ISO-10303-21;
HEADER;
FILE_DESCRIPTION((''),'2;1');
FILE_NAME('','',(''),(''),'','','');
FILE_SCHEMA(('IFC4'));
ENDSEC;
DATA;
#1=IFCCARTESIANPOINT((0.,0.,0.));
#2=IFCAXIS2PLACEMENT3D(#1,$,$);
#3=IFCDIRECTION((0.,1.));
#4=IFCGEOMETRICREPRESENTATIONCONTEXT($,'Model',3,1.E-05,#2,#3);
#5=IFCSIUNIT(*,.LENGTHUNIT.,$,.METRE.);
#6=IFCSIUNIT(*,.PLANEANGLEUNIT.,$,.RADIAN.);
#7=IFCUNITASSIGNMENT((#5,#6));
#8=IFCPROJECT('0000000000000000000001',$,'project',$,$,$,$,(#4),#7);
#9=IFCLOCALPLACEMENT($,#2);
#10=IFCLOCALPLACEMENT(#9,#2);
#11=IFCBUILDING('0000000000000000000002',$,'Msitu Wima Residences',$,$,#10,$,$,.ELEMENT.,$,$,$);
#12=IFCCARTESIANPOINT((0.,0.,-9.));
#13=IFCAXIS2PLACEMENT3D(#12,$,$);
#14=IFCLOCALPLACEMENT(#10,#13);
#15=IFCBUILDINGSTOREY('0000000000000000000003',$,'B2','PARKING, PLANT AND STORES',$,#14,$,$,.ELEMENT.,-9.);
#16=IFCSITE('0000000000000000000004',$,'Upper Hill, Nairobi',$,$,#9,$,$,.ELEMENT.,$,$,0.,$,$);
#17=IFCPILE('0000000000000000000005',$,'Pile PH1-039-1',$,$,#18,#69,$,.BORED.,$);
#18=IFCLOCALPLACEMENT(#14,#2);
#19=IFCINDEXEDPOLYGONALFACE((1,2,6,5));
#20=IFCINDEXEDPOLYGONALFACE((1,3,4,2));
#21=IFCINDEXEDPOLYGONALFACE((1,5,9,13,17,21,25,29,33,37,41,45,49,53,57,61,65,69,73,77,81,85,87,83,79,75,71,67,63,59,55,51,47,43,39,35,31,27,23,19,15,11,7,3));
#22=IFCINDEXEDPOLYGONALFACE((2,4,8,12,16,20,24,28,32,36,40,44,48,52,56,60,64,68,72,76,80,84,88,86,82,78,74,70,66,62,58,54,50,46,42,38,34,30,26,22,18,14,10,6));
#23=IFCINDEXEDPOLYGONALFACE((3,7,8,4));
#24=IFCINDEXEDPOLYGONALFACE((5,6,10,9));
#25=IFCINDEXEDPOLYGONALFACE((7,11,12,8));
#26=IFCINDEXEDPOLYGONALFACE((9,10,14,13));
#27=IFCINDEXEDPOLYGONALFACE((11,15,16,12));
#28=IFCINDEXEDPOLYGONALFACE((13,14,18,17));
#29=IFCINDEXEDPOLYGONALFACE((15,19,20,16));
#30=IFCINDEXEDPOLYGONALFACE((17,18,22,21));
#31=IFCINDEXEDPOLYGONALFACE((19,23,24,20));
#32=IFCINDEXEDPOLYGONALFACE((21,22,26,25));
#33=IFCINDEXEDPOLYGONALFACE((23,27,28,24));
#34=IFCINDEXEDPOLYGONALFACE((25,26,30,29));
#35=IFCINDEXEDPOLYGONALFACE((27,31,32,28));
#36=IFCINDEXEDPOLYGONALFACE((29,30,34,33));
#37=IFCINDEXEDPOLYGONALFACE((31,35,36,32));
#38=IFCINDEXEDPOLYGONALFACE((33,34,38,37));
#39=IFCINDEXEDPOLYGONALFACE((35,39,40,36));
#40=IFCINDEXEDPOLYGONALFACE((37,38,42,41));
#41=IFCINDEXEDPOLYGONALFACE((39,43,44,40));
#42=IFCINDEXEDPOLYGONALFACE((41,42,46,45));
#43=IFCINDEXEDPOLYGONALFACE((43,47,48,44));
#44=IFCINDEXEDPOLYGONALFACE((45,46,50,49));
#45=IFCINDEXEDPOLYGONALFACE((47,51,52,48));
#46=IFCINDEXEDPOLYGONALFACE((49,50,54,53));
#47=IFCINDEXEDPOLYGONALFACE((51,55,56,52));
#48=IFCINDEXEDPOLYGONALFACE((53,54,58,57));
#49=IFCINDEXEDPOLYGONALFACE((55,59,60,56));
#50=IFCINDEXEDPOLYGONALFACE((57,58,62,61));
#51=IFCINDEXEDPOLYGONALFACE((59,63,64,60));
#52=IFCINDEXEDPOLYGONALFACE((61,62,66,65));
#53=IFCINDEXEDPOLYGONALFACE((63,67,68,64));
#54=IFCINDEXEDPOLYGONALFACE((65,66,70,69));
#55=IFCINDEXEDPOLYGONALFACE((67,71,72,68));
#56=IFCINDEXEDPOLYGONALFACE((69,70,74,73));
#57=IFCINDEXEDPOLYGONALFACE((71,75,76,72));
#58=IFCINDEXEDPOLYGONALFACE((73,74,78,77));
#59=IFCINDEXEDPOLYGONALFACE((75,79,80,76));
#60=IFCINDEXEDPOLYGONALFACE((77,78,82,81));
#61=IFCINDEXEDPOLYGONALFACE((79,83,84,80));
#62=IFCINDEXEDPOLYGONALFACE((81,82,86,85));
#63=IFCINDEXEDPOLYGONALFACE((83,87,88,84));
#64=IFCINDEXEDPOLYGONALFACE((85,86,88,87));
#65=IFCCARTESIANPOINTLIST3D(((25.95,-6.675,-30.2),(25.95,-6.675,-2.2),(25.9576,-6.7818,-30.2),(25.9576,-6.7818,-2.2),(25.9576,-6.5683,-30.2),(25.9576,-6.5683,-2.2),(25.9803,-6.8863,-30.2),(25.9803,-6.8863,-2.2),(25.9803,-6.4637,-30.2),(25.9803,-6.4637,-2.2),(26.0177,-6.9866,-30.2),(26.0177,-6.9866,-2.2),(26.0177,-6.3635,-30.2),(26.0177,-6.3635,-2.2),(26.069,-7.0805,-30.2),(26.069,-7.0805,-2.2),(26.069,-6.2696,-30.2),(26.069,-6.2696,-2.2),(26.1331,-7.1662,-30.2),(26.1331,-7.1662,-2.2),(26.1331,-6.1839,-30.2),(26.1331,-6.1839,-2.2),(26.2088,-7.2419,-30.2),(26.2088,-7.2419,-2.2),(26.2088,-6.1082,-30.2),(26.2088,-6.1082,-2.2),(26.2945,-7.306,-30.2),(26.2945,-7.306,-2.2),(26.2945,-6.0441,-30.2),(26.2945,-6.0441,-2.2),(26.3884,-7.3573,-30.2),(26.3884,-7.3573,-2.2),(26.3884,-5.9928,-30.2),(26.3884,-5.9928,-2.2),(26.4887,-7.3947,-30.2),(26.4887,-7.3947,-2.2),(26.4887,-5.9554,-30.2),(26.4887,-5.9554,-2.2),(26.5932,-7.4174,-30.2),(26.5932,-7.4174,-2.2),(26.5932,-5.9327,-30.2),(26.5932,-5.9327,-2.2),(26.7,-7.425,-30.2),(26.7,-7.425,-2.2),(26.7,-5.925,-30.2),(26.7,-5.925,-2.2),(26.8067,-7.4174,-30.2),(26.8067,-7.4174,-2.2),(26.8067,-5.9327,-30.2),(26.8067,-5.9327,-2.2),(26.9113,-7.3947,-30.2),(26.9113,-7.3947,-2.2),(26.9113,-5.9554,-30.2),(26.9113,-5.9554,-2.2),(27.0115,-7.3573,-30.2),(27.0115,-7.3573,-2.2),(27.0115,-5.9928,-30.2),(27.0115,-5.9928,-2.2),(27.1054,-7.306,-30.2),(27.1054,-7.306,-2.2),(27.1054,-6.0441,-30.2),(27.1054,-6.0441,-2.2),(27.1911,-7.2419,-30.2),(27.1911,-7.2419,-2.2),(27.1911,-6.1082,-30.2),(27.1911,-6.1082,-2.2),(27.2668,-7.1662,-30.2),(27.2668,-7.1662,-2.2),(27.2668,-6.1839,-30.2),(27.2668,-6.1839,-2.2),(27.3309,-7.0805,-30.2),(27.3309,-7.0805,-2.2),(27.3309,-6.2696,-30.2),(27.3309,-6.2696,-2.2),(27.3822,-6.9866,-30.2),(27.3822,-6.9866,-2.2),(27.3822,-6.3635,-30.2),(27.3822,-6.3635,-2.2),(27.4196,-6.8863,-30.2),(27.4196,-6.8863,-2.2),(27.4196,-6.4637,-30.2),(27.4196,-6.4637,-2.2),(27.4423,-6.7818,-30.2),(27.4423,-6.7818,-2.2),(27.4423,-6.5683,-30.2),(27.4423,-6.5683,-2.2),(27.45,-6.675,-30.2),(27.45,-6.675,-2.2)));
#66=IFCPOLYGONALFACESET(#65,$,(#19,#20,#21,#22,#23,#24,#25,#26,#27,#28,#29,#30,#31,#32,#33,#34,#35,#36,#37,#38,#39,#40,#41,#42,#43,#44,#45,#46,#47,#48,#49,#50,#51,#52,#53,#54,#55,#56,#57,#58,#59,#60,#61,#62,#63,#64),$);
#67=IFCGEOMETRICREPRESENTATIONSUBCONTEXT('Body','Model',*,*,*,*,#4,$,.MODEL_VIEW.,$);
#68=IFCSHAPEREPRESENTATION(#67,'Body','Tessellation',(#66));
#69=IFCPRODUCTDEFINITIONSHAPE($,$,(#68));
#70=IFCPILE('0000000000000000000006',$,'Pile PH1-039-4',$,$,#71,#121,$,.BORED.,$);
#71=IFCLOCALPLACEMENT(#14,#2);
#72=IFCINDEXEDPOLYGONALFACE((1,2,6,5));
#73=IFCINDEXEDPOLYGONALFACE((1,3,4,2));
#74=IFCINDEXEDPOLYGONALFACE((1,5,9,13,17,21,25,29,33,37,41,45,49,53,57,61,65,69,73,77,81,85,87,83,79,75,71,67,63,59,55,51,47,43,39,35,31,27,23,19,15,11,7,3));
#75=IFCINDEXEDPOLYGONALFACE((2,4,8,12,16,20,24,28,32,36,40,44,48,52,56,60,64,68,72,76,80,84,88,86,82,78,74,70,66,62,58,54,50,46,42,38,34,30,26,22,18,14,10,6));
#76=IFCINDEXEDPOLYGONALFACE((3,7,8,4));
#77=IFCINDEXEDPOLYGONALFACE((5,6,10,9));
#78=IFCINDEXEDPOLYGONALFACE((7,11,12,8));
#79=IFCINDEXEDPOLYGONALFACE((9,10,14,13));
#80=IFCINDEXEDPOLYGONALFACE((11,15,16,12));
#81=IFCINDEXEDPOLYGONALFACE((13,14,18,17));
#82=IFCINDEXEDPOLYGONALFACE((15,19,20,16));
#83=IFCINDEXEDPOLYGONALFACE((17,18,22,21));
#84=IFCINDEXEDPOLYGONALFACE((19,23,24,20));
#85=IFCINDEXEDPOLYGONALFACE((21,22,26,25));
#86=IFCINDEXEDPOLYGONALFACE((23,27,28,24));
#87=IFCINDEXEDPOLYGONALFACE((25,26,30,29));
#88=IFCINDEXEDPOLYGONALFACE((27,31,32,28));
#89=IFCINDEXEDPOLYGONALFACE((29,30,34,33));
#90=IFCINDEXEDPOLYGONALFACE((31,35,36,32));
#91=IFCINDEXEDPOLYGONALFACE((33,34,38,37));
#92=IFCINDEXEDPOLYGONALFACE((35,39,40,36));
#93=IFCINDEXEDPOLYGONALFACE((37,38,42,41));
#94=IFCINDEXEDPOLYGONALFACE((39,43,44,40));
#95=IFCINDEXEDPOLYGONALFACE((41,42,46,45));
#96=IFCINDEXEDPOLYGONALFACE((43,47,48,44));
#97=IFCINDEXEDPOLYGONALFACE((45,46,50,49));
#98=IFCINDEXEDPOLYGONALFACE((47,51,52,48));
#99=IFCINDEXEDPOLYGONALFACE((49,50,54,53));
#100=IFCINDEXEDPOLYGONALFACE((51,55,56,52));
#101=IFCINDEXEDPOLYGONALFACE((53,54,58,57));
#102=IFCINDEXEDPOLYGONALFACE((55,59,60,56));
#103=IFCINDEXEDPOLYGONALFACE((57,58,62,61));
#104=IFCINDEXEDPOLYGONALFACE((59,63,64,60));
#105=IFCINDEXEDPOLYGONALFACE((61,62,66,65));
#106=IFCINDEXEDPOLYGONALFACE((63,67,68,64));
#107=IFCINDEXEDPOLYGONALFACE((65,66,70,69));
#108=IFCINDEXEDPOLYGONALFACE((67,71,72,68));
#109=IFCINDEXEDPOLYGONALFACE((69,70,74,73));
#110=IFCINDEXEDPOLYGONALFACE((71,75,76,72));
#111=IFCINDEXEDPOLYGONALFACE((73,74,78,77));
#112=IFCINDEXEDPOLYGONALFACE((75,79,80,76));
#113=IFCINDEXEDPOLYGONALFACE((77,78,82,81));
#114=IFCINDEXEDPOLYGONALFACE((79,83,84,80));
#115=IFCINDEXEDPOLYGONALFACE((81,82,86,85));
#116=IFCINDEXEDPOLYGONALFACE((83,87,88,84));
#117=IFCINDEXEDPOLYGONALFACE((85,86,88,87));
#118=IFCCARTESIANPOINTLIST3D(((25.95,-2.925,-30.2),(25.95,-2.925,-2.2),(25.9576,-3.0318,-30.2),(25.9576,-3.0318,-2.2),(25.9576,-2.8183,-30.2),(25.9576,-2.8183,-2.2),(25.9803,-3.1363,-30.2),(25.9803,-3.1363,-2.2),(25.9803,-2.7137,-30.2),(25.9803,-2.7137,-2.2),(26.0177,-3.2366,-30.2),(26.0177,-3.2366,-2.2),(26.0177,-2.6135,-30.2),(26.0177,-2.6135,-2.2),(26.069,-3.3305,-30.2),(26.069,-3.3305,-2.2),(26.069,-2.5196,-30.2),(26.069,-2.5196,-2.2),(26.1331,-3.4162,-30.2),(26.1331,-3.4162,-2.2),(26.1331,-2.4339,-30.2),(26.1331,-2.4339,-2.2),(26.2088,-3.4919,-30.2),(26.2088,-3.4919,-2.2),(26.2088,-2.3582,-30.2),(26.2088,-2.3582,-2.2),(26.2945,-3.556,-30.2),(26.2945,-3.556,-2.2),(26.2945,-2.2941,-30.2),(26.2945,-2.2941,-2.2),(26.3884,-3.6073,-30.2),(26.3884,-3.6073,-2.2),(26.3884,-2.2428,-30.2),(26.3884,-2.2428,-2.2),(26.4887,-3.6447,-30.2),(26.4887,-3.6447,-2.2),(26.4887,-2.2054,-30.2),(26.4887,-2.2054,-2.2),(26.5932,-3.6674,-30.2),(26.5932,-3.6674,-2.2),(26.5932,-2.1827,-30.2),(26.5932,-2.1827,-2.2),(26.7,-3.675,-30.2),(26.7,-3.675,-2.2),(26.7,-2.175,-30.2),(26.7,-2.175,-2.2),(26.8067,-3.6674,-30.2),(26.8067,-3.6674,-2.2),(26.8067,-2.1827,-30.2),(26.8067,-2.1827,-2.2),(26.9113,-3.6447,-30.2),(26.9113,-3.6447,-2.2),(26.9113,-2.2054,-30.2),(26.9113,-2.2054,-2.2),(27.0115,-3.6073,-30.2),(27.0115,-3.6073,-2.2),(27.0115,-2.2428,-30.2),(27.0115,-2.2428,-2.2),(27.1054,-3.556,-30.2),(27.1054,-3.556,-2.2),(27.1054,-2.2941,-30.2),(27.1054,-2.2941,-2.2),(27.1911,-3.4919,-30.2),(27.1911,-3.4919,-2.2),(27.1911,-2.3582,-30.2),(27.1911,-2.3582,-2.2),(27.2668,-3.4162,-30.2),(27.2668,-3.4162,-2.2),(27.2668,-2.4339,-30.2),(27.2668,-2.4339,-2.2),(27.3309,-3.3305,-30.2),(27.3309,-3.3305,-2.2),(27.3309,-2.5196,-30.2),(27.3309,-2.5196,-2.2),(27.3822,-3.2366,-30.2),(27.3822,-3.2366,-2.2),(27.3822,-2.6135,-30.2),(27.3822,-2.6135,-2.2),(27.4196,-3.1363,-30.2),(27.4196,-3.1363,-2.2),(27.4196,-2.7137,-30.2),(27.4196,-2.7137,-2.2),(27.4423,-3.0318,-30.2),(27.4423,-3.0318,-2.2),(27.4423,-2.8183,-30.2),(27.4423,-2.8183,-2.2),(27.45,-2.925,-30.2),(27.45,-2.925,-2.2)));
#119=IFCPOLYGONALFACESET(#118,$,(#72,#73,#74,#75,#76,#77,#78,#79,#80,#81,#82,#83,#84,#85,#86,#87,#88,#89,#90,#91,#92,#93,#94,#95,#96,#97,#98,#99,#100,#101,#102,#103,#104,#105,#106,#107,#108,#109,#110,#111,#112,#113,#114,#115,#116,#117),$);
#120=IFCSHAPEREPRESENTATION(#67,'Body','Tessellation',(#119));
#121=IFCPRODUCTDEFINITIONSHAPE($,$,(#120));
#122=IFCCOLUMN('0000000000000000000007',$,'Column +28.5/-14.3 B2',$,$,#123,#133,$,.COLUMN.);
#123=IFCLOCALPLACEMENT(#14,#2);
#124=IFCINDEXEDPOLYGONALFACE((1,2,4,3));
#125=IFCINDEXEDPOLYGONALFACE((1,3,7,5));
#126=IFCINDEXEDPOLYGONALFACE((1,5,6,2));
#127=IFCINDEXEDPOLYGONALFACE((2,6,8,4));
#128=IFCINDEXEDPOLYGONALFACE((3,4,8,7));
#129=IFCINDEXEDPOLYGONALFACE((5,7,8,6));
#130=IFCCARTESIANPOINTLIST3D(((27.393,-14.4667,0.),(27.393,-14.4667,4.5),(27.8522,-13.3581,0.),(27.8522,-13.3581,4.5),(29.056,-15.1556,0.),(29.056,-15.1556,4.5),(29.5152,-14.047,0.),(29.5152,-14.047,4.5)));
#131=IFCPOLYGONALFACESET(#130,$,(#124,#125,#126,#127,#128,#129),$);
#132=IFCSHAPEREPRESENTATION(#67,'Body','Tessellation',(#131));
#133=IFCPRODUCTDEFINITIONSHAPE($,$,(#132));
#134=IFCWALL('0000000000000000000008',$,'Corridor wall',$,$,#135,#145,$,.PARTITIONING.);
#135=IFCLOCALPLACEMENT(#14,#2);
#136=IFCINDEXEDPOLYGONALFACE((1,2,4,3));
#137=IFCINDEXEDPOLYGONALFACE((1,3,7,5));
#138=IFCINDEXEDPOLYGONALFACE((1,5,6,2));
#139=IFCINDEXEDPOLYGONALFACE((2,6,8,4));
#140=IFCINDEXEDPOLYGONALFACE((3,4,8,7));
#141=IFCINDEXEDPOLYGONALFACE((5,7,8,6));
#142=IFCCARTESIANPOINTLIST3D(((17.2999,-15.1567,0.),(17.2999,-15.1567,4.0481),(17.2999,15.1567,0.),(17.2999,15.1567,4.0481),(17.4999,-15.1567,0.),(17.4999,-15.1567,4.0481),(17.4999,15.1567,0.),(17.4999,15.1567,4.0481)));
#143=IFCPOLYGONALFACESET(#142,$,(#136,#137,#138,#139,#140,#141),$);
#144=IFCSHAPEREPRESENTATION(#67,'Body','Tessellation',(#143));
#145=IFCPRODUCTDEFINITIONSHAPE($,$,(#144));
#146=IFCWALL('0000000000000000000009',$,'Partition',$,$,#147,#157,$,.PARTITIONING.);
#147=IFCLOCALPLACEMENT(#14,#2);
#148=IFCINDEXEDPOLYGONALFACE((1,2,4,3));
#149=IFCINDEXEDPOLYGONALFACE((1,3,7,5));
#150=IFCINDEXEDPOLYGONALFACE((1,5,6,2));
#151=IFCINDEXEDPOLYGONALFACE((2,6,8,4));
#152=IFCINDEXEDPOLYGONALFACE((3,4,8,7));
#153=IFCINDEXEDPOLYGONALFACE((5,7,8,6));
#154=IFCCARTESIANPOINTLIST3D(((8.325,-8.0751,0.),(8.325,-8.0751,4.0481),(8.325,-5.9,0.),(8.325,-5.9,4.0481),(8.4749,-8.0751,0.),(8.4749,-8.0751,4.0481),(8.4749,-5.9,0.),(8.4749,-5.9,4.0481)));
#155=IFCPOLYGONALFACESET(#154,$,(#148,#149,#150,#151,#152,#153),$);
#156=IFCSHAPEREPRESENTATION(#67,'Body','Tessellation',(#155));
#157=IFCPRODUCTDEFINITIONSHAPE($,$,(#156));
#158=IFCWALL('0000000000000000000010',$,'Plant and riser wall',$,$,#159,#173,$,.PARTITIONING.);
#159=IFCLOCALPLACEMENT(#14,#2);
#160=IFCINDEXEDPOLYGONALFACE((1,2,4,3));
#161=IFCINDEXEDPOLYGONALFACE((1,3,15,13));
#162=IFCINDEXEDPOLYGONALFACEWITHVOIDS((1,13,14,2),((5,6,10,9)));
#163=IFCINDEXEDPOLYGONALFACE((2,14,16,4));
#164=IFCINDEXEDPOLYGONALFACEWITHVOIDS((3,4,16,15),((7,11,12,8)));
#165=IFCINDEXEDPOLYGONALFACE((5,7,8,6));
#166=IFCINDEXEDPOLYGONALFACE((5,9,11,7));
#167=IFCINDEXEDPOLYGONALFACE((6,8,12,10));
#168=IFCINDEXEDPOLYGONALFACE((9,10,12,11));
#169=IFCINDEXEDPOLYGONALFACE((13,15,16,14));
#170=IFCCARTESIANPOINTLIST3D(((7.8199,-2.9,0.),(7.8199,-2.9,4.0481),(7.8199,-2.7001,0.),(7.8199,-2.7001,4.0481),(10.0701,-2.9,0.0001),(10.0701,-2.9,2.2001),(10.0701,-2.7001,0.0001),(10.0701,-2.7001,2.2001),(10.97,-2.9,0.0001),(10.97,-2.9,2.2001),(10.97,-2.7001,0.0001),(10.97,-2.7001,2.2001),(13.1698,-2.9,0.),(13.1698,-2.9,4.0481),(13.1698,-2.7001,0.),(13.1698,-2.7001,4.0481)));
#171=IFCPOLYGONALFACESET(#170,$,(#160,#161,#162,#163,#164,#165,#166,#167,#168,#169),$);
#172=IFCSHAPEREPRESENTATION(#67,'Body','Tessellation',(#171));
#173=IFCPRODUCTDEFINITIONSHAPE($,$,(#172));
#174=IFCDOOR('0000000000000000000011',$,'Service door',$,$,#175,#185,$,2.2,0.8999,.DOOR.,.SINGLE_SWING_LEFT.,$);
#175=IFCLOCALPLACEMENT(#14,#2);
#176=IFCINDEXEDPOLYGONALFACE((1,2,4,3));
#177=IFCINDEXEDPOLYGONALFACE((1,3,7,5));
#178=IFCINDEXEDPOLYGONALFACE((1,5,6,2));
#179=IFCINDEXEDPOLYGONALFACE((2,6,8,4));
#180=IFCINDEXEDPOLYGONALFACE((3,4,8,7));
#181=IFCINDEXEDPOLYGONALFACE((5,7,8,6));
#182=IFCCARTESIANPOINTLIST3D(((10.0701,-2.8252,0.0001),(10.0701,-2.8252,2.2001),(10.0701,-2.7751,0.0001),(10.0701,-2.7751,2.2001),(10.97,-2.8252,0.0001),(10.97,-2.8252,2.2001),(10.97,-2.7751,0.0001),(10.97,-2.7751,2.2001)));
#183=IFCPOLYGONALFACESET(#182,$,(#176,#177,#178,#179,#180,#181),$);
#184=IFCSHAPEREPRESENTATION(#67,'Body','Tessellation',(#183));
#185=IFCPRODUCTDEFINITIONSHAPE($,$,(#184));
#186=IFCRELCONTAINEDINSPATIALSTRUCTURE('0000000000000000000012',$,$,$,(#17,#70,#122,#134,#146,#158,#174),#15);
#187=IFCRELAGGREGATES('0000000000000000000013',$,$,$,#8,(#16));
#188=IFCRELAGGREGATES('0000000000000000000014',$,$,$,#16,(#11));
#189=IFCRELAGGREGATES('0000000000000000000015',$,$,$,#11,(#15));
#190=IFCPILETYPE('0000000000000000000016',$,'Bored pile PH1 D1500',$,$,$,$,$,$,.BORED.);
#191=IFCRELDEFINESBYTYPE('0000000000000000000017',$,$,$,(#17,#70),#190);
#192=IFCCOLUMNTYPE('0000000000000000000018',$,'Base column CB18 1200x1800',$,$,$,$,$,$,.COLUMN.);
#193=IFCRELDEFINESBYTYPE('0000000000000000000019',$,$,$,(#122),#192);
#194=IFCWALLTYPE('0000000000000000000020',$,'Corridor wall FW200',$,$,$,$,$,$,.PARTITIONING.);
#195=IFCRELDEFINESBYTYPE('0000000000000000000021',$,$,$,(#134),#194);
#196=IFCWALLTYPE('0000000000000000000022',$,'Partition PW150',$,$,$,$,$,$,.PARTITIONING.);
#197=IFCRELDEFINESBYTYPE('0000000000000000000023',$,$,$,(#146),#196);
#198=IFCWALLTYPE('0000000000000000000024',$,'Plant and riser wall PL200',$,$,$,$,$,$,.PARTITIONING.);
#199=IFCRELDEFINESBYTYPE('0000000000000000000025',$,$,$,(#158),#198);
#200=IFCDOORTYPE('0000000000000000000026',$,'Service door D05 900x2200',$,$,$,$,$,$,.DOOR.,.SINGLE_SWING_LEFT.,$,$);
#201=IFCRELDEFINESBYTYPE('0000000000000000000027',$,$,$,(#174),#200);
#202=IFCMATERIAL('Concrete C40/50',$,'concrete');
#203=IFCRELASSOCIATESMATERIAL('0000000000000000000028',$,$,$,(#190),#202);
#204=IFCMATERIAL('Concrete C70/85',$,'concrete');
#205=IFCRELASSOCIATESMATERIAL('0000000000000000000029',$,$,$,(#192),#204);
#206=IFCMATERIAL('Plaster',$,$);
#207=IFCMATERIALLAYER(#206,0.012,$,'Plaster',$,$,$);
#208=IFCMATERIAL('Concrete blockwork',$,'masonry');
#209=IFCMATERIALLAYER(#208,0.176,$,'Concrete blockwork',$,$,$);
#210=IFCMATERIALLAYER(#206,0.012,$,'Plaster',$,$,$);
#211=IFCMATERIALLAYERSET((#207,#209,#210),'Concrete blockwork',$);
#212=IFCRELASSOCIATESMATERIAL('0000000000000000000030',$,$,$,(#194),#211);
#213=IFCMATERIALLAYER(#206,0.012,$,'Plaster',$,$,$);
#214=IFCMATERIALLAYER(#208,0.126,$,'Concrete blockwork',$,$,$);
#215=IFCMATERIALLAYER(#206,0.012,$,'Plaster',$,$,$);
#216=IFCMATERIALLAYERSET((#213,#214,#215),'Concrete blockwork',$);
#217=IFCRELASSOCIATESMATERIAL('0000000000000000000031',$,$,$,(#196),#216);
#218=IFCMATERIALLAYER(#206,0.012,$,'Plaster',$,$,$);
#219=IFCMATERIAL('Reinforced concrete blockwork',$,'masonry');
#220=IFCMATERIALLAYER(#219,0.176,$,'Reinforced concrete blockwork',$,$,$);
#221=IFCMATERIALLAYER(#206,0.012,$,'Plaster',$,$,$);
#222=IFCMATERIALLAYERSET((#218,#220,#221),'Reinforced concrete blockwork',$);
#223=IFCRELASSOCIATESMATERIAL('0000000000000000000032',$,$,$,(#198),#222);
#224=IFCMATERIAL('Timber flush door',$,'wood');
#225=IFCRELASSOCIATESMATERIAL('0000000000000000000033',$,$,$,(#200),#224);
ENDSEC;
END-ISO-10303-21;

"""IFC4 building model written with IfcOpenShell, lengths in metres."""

from ifc_helpers import new_model, si_unit, direction, frame, frame_2d, origin, origin_2d, place, context, subcontext, project, spatial, rectangle, circle, extrude, material, layer, layer_set, material_profile, profile_set, type_object, element, fill, save


model = new_model("IFC4")

# Units and contexts
model_context = context("Model", 3, precision=1e-05, world=origin(), true_north=direction((0.0, 1.0)))
body_context = subcontext(model_context, "Body", "Model", "MODEL_VIEW")
ifc_project = project(units=[si_unit("LENGTHUNIT", "METRE"), si_unit("PLANEANGLEUNIT", "RADIAN")], contexts=[model_context])

# Site, building, storey
site_placement = place(None, origin())
site = spatial("IfcSite", under=ifc_project, at=site_placement, Name="Upper Hill, Nairobi", CompositionType="ELEMENT", RefElevation=0.0)
building_placement = place(site_placement, origin())
building = spatial("IfcBuilding", under=site, at=building_placement, Name="Msitu Wima Residences", CompositionType="ELEMENT")
storey_placement = place(building_placement, frame((0.0, 0.0, -9.0)))
storey = spatial("IfcBuildingStorey", under=building, at=storey_placement, Name="B2", Description="PARKING, PLANT AND STORES", CompositionType="ELEMENT", Elevation=-9.0)

# Piles
ifc_material_1 = material(Name="Concrete C40/50", Category="concrete")
pile_type = type_object("IfcPileType", Name="Bored pile PH1 D1500", PredefinedType="BORED", material=ifc_material_1)
for number, where, z_axis, x_axis, name in (
    (1, (26.7, -6.675, -2.2), (0.0, 0.0, -1.0), (1.0, 0.0, 0.0), "Pile PH1-039-1"),
    (2, (26.7, -2.925, -2.2), (0.0, 0.0, -1.0), (1.0, 0.0, 0.0), "Pile PH1-039-4"),
):
    element("IfcPile", number, at=place(storey_placement, frame(where, z_axis=z_axis, x_axis=x_axis)), inside=storey, type_object=pile_type, Name=name, PredefinedType="BORED", context=body_context, shape_type="SweptSolid", body=[
        extrude(circle(Radius=0.75, at=origin_2d()), origin(), (0.0, 0.0, 1.0), 28.0),
    ])

# Column
ifc_material_2 = material(Name="Concrete C70/85", Category="concrete")
ifc_material_profile = material_profile(ifc_material_2, rectangle(XDim=1.2, YDim=1.8, at=origin_2d()), Name="RC 1200x1800")
ifc_profile_set = profile_set([ifc_material_profile], Name="Concrete C70/85")
column_type = type_object("IfcColumnType", Name="Base column CB18 1200x1800", PredefinedType="COLUMN", material=ifc_profile_set)
column_placement = place(storey_placement, frame((28.4541, -14.2568, 0.0), z_axis=(0.0, 0.0, 1.0), x_axis=(0.382683, 0.92388, 0.0)))
element("IfcColumn", 3, at=column_placement, inside=storey, type_object=column_type, Name="Column +28.5/-14.3 B2", PredefinedType="COLUMN", context=body_context, shape_type="SweptSolid", body=[
    extrude(rectangle(XDim=1.2, YDim=1.8, at=origin_2d()), origin(), (0.0, 0.0, 1.0), 4.5),
])

# Walls
ifc_material_3 = material(Name="Plaster")
ifc_layer_1 = layer(ifc_material_3, 0.012, Name="Plaster")
ifc_material_4 = material(Name="Concrete blockwork", Category="masonry")
ifc_layer_2 = layer(ifc_material_4, 0.176, Name="Concrete blockwork")
ifc_layer_3 = layer(ifc_material_3, 0.012, Name="Plaster")
ifc_layer_set_1 = layer_set([ifc_layer_1, ifc_layer_2, ifc_layer_3], Name="Concrete blockwork")
wall_type_1 = type_object("IfcWallType", Name="Corridor wall FW200", PredefinedType="PARTITIONING", material=ifc_layer_set_1)
wall_1_placement = place(storey_placement, frame((17.3999, -15.1567, 0.0), z_axis=(0.0, 0.0, 1.0), x_axis=(0.0, 1.0, 0.0)))
element("IfcWall", 4, at=wall_1_placement, inside=storey, type_object=wall_type_1, Name="Corridor wall", PredefinedType="PARTITIONING", context=body_context, shape_type="SweptSolid", body=[
    extrude(rectangle(XDim=30.3135, YDim=0.2, at=frame_2d((15.1567, 0.0))), origin(), (0.0, 0.0, 1.0), 4.0481),
])
ifc_layer_4 = layer(ifc_material_3, 0.012, Name="Plaster")
ifc_layer_5 = layer(ifc_material_4, 0.126, Name="Concrete blockwork")
ifc_layer_6 = layer(ifc_material_3, 0.012, Name="Plaster")
ifc_layer_set_2 = layer_set([ifc_layer_4, ifc_layer_5, ifc_layer_6], Name="Concrete blockwork")
wall_type_2 = type_object("IfcWallType", Name="Partition PW150", PredefinedType="PARTITIONING", material=ifc_layer_set_2)
wall_2_placement = place(storey_placement, frame((8.3999, -8.075, 0.0), z_axis=(0.0, 0.0, 1.0), x_axis=(0.0, 1.0, 0.0)))
element("IfcWall", 5, at=wall_2_placement, inside=storey, type_object=wall_type_2, Name="Partition", PredefinedType="PARTITIONING", context=body_context, shape_type="SweptSolid", body=[
    extrude(rectangle(XDim=2.175, YDim=0.1499, at=frame_2d((1.0874, 0.0))), origin(), (0.0, 0.0, 1.0), 4.0481),
])

# Wall, opening, door
ifc_layer_7 = layer(ifc_material_3, 0.012, Name="Plaster")
ifc_material_5 = material(Name="Reinforced concrete blockwork", Category="masonry")
ifc_layer_8 = layer(ifc_material_5, 0.176, Name="Reinforced concrete blockwork")
ifc_layer_9 = layer(ifc_material_3, 0.012, Name="Plaster")
ifc_layer_set_3 = layer_set([ifc_layer_7, ifc_layer_8, ifc_layer_9], Name="Reinforced concrete blockwork")
wall_type_3 = type_object("IfcWallType", Name="Plant and riser wall PL200", PredefinedType="PARTITIONING", material=ifc_layer_set_3)
wall_3_placement = place(storey_placement, frame((7.8201, -2.8, 0.0), z_axis=(0.0, 0.0, 1.0), x_axis=(1.0, 0.0, 0.0)))
wall_3 = element("IfcWall", 6, at=wall_3_placement, inside=storey, type_object=wall_type_3, Name="Plant and riser wall", PredefinedType="PARTITIONING", context=body_context, shape_type="SweptSolid", body=[
    extrude(rectangle(XDim=5.3499, YDim=0.2, at=frame_2d((2.6748, 0.0))), origin(), (0.0, 0.0, 1.0), 4.0481),
])
opening_1_placement = place(wall_3_placement, frame((2.25, 0.0, 0.0)))
opening_1 = element("IfcOpeningElement", 7, at=opening_1_placement, cuts=wall_3, PredefinedType="OPENING", context=body_context, shape_type="SweptSolid", body=[
    extrude(rectangle(XDim=0.8999, YDim=2.2, at=frame_2d((0.45, 1.1001))), frame((0.0, 0.1099, 0.0), z_axis=(0.0, -1.0, 0.0), x_axis=(1.0, 0.0, 0.0)), (0.0, 0.0, 1.0), 0.22),
])
ifc_material_6 = material(Name="Timber flush door", Category="wood")
door_type_1 = type_object("IfcDoorType", Name="Service door D05 900x2200", OperationType="SINGLE_SWING_LEFT", PredefinedType="DOOR", material=ifc_material_6)
door_1_placement = place(opening_1_placement, origin())
door_1 = element("IfcDoor", 8, at=door_1_placement, inside=storey, type_object=door_type_1, Name="Service door", OperationType="SINGLE_SWING_LEFT", OverallHeight=2.2, OverallWidth=0.8999, PredefinedType="DOOR", context=body_context, shape_type="SweptSolid", body=[
    extrude(rectangle(XDim=0.8999, YDim=2.2, at=frame_2d((0.45, 1.1001))), frame((0.0, 0.0249, 0.0), z_axis=(0.0, -1.0, 0.0), x_axis=(1.0, 0.0, 0.0)), (0.0, 0.0, 1.0), 0.05),
])
fill(opening_1, door_1)

save(model, "model.ifc")
